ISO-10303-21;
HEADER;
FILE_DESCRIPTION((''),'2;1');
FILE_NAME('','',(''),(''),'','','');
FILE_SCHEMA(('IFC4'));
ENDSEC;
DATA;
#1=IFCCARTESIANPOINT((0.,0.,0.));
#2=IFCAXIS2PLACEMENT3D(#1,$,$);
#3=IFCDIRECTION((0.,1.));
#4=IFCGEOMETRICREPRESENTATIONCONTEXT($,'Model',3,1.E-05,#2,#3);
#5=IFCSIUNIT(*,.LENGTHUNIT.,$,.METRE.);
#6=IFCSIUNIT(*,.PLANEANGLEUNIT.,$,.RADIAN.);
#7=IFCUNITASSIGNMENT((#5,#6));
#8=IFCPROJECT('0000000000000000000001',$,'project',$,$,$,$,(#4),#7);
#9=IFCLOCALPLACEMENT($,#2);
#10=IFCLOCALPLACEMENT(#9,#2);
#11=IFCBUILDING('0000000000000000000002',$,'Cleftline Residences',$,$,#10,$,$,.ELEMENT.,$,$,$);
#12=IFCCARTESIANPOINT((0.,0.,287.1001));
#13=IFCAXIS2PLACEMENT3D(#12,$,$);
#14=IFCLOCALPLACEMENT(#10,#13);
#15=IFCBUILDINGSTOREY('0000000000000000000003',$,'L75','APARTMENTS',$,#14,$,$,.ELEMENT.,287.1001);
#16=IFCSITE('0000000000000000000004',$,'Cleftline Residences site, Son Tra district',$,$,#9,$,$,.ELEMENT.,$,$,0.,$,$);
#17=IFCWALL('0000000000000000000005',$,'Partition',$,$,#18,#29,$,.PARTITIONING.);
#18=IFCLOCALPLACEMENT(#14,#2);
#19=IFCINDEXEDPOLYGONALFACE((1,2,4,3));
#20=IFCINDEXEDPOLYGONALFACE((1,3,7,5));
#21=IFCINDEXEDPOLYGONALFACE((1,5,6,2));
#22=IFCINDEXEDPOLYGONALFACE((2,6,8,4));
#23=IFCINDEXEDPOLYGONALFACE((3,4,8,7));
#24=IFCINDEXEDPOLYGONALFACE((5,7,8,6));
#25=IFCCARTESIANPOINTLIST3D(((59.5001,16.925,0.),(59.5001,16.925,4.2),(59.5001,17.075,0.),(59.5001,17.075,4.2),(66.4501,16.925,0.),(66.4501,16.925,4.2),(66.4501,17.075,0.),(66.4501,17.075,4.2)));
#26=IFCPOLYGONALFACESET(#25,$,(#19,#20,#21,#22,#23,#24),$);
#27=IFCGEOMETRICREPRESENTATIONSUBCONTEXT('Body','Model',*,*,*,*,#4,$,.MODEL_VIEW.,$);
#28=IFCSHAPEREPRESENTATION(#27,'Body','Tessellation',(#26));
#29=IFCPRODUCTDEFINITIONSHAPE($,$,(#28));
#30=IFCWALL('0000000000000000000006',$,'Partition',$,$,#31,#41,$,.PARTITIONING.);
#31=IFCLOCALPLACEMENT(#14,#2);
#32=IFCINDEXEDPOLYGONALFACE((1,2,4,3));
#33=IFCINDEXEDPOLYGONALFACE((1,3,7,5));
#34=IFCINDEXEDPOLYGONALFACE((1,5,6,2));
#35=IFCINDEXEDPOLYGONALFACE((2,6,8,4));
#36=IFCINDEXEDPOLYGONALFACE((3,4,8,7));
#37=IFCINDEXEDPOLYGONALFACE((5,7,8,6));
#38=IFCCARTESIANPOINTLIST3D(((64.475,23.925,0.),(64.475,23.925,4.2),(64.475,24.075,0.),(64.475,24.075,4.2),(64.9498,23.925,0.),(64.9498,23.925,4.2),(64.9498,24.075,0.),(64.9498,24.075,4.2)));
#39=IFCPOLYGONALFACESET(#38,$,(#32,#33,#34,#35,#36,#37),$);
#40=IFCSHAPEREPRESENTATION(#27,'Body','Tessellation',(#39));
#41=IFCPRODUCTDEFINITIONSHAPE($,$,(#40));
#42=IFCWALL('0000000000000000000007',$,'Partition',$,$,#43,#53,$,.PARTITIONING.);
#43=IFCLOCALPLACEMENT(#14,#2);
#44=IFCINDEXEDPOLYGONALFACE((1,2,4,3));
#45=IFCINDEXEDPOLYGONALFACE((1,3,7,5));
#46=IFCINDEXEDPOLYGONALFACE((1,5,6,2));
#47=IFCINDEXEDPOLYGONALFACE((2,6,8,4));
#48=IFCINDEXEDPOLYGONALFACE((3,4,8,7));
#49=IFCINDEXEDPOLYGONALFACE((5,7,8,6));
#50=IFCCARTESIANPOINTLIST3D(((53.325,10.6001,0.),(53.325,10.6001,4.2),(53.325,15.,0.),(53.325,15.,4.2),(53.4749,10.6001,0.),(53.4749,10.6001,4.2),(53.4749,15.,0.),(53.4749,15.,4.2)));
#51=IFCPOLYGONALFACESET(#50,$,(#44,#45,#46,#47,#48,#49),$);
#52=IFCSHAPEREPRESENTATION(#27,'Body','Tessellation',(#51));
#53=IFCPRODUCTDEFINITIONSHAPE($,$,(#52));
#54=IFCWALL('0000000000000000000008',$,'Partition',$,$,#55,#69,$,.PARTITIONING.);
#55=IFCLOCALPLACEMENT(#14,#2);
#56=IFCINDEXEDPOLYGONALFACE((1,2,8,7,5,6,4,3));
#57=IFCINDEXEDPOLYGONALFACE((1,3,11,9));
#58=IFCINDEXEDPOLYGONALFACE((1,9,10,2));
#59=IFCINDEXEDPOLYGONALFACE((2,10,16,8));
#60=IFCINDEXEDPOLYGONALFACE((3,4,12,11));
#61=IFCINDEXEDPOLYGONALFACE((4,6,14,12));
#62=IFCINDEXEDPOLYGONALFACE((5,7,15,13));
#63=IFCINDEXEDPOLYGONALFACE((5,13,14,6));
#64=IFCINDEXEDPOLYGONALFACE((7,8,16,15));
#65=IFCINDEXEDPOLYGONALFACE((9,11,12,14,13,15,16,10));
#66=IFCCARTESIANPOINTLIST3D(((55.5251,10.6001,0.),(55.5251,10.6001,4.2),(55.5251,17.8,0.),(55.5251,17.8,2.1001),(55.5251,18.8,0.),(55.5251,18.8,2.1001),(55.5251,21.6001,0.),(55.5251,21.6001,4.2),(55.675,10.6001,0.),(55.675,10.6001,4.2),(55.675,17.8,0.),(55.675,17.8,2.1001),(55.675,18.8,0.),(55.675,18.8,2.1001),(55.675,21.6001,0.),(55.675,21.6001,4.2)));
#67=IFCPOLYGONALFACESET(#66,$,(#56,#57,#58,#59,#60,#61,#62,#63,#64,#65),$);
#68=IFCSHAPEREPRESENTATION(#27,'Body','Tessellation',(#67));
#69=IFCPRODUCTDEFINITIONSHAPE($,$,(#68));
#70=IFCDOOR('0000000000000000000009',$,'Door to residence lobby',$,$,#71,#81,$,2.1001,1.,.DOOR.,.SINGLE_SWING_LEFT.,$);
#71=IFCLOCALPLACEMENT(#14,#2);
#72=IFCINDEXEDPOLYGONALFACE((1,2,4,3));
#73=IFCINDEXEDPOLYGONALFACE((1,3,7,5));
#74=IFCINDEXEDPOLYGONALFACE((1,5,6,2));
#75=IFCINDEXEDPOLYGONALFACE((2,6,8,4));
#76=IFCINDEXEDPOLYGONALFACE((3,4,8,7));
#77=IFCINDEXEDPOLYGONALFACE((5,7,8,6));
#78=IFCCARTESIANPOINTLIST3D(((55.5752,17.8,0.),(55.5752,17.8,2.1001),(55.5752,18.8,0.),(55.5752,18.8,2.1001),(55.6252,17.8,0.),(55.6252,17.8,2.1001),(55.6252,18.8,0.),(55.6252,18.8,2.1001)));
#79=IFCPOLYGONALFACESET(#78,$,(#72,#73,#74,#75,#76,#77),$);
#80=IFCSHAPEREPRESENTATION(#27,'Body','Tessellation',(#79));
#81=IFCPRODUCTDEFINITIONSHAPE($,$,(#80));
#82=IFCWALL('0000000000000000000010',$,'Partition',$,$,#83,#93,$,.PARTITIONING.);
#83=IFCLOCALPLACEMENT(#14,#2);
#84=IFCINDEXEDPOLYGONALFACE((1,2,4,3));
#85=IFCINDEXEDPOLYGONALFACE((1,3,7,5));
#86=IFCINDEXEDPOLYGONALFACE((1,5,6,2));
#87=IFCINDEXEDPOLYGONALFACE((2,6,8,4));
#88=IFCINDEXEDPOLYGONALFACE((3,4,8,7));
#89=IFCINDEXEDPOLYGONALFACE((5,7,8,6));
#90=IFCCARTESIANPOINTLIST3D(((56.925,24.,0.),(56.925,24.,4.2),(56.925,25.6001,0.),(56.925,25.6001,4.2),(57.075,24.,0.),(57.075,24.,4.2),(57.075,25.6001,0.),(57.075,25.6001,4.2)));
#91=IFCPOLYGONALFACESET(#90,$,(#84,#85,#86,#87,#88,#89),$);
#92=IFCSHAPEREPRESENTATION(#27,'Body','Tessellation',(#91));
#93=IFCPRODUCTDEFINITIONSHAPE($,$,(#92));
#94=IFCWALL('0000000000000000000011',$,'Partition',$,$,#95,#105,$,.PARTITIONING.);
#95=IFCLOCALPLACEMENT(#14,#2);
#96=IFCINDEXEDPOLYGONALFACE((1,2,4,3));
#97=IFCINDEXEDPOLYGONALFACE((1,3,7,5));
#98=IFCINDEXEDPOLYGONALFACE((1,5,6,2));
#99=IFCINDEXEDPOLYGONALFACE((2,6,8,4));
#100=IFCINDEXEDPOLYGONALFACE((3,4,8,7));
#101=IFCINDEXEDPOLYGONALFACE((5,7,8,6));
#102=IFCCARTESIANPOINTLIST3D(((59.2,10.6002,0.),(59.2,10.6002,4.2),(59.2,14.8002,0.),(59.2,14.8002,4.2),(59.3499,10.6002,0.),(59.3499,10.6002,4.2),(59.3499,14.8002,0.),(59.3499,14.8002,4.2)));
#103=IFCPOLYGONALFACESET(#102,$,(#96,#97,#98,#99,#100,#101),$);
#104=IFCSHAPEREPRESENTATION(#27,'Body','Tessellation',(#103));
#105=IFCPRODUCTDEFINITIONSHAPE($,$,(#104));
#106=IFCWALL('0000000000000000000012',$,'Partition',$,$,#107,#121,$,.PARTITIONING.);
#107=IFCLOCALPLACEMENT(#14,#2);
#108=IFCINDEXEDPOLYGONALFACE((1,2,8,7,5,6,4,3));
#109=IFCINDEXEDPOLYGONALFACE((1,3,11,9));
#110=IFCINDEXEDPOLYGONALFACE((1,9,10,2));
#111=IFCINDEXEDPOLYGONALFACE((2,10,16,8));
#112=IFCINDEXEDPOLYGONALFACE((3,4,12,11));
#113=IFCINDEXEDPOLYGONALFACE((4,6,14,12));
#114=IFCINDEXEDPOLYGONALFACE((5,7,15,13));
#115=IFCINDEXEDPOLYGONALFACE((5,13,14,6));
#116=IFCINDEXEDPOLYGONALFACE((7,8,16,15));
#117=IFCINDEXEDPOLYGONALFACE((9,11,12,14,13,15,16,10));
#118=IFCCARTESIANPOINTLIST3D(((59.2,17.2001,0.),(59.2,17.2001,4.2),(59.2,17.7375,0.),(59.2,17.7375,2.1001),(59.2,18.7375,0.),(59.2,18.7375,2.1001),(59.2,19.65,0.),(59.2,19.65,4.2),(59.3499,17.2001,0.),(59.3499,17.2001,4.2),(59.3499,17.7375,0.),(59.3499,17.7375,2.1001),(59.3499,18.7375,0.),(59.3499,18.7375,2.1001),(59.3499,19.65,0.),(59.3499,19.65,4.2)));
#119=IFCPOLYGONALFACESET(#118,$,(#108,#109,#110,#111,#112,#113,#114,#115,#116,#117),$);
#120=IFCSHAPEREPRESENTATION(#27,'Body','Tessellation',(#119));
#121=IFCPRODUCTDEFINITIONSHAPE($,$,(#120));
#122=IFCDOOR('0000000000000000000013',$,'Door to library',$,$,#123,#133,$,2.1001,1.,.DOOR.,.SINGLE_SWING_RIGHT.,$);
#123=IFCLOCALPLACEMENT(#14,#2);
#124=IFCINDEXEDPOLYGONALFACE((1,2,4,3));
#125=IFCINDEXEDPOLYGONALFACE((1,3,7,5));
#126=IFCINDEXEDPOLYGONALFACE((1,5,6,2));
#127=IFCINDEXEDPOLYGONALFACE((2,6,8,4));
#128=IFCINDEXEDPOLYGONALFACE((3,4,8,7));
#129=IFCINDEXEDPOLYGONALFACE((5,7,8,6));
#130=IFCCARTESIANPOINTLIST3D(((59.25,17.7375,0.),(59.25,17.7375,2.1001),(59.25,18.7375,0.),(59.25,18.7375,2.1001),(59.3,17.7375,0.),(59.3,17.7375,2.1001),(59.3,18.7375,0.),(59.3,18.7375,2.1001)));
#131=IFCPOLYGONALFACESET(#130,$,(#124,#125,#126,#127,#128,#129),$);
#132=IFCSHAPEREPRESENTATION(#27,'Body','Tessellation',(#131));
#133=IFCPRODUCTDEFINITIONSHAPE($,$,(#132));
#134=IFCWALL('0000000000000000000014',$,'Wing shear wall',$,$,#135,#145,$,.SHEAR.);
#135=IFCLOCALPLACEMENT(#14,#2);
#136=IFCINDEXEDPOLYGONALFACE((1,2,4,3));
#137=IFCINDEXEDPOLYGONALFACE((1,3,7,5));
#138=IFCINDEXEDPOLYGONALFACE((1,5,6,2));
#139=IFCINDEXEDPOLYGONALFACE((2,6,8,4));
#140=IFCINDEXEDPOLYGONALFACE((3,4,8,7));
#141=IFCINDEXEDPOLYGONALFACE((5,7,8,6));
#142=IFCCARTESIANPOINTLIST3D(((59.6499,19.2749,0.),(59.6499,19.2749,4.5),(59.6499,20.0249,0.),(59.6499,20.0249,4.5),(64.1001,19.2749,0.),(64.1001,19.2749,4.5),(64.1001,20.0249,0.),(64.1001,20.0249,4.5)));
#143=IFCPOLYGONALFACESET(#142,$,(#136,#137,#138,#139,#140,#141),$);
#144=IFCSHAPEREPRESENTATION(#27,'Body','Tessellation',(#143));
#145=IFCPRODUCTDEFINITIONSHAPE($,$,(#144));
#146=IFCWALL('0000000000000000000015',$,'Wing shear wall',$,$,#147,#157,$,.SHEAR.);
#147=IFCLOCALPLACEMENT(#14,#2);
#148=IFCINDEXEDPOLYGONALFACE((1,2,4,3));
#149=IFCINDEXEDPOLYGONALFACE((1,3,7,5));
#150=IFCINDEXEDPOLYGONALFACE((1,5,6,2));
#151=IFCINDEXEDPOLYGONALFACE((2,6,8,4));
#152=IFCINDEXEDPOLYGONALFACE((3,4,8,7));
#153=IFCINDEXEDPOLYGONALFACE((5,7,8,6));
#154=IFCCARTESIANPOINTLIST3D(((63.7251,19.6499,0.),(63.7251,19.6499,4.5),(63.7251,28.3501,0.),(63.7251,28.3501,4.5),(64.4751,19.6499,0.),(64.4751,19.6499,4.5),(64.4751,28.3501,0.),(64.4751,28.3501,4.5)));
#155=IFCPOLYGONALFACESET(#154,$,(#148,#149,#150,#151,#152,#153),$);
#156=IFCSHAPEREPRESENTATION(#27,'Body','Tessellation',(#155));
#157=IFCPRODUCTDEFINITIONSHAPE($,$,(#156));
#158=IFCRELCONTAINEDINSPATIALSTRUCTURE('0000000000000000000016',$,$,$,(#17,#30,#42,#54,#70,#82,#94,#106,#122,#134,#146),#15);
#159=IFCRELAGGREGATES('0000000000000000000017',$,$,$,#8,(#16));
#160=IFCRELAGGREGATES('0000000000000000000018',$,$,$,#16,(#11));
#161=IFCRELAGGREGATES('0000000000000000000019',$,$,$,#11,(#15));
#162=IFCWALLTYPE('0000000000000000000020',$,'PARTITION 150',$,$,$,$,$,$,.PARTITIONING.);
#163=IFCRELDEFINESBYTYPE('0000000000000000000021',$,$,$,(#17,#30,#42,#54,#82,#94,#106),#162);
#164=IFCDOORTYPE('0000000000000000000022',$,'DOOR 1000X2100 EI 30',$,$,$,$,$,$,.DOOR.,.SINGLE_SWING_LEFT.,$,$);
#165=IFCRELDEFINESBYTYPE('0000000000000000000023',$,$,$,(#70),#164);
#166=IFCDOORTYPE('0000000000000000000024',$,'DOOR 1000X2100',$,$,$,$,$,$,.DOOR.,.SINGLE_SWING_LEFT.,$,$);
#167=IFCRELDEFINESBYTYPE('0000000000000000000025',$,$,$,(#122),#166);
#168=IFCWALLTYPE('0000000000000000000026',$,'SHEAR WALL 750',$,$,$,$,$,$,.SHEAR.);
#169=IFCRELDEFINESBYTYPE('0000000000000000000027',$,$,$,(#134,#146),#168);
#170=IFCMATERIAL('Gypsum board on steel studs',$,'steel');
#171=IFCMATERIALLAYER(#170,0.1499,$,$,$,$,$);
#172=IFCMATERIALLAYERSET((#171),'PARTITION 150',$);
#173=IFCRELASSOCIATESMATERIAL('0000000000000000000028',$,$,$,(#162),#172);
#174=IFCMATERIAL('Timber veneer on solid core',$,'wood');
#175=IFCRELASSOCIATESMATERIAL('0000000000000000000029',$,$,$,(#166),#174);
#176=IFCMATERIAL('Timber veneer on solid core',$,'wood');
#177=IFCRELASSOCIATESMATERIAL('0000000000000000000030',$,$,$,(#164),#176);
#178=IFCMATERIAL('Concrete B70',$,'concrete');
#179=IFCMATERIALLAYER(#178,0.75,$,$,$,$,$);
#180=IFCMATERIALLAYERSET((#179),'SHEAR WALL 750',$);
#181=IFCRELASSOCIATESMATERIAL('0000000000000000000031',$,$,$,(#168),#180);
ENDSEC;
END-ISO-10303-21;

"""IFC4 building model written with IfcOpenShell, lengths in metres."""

from ifc_helpers import new_model, si_unit, direction, frame, frame_2d, origin, place, context, subcontext, project, spatial, rectangle, extrude, material, layer, layer_set, type_object, element, fill, save


model = new_model("IFC4")

# Units and contexts
model_context = context("Model", 3, precision=1e-05, world=origin(), true_north=direction((0.0, 1.0)))
body_context = subcontext(model_context, "Body", "Model", "MODEL_VIEW")
ifc_project = project(units=[si_unit("LENGTHUNIT", "METRE"), si_unit("PLANEANGLEUNIT", "RADIAN")], contexts=[model_context])

# Site, building, storey
site_placement = place(None, origin())
site = spatial("IfcSite", under=ifc_project, at=site_placement, Name="Cleftline Residences site, Son Tra district", CompositionType="ELEMENT", RefElevation=0.0)
building_placement = place(site_placement, origin())
building = spatial("IfcBuilding", under=site, at=building_placement, Name="Cleftline Residences", CompositionType="ELEMENT")
storey_placement = place(building_placement, frame((0.0, 0.0, 287.1001)))
storey = spatial("IfcBuildingStorey", under=building, at=storey_placement, Name="L75", Description="APARTMENTS", CompositionType="ELEMENT", Elevation=287.1001)

# Shared definitions
ifc_material_1 = material(Name="Gypsum board on steel studs", Category="steel")
ifc_layer_1 = layer(ifc_material_1, 0.1499)
ifc_layer_set_1 = layer_set([ifc_layer_1], Name="PARTITION 150")
wall_type_1 = type_object("IfcWallType", Name="PARTITION 150", PredefinedType="PARTITIONING", material=ifc_layer_set_1)

# Shared definitions
ifc_material_2 = material(Name="Timber veneer on solid core", Category="wood")
door_type_1 = type_object("IfcDoorType", Name="DOOR 1000X2100", OperationType="SINGLE_SWING_LEFT", PredefinedType="DOOR", material=ifc_material_2)

# Walls
wall_1_placement = place(storey_placement, frame((59.5, 17.0, 0.0), z_axis=(0.0, 0.0, 1.0), x_axis=(1.0, 0.0, 0.0)))
element("IfcWall", 1, at=wall_1_placement, inside=storey, type_object=wall_type_1, Name="Partition", PredefinedType="PARTITIONING", context=body_context, shape_type="SweptSolid", body=[
    extrude(rectangle(XDim=6.95, YDim=0.1499, at=frame_2d((3.4751, 0.0))), origin(), (0.0, 0.0, 1.0), 4.2),
])
wall_2_placement = place(storey_placement, frame((64.4751, 24.0, 0.0), z_axis=(0.0, 0.0, 1.0), x_axis=(1.0, 0.0, 0.0)))
element("IfcWall", 2, at=wall_2_placement, inside=storey, type_object=wall_type_1, Name="Partition", PredefinedType="PARTITIONING", context=body_context, shape_type="SweptSolid", body=[
    extrude(rectangle(XDim=0.4749, YDim=0.1499, at=frame_2d((0.2373, 0.0))), origin(), (0.0, 0.0, 1.0), 4.2),
])
wall_3_placement = place(storey_placement, frame((53.3999, 10.6001, 0.0), z_axis=(0.0, 0.0, 1.0), x_axis=(0.0, 1.0, 0.0)))
element("IfcWall", 3, at=wall_3_placement, inside=storey, type_object=wall_type_1, Name="Partition", PredefinedType="PARTITIONING", context=body_context, shape_type="SweptSolid", body=[
    extrude(rectangle(XDim=4.3999, YDim=0.1499, at=frame_2d((2.2, 0.0))), origin(), (0.0, 0.0, 1.0), 4.2),
])

# Wall, opening, door
wall_4_placement = place(storey_placement, frame((55.6001, 10.6001, 0.0), z_axis=(0.0, 0.0, 1.0), x_axis=(0.0, 1.0, 0.0)))
wall_4 = element("IfcWall", 4, at=wall_4_placement, inside=storey, type_object=wall_type_1, Name="Partition", PredefinedType="PARTITIONING", context=body_context, shape_type="SweptSolid", body=[
    extrude(rectangle(XDim=11.0, YDim=0.1499, at=frame_2d((5.5, 0.0))), origin(), (0.0, 0.0, 1.0), 4.2),
])
opening_1_placement = place(wall_4_placement, frame((7.2, 0.0, 0.0)))
opening_1 = element("IfcOpeningElement", 5, at=opening_1_placement, cuts=wall_4, PredefinedType="OPENING", context=body_context, shape_type="SweptSolid", body=[
    extrude(rectangle(XDim=1.0, YDim=2.1001, at=frame_2d((0.5, 1.05))), frame((0.0, 0.085, 0.0), z_axis=(0.0, -1.0, 0.0), x_axis=(1.0, 0.0, 0.0)), (0.0, 0.0, 1.0), 0.1699),
])
ifc_material_3 = material(Name="Timber veneer on solid core", Category="wood")
door_type_2 = type_object("IfcDoorType", Name="DOOR 1000X2100 EI 30", OperationType="SINGLE_SWING_LEFT", PredefinedType="DOOR", material=ifc_material_3)
door_1_placement = place(opening_1_placement, origin())
door_1 = element("IfcDoor", 6, at=door_1_placement, inside=storey, type_object=door_type_2, Name="Door to residence lobby", OperationType="SINGLE_SWING_LEFT", OverallHeight=2.1001, OverallWidth=1.0, PredefinedType="DOOR", context=body_context, shape_type="SweptSolid", body=[
    extrude(rectangle(XDim=1.0, YDim=2.1001, at=frame_2d((0.5, 1.05))), frame((0.0, 0.0249, 0.0), z_axis=(0.0, -1.0, 0.0), x_axis=(1.0, 0.0, 0.0)), (0.0, 0.0, 1.0), 0.05),
])
fill(opening_1, door_1)

# Walls
wall_5_placement = place(storey_placement, frame((57.0, 24.0, 0.0), z_axis=(0.0, 0.0, 1.0), x_axis=(0.0, 1.0, 0.0)))
element("IfcWall", 7, at=wall_5_placement, inside=storey, type_object=wall_type_1, Name="Partition", PredefinedType="PARTITIONING", context=body_context, shape_type="SweptSolid", body=[
    extrude(rectangle(XDim=1.6001, YDim=0.1499, at=frame_2d((0.8, 0.0))), origin(), (0.0, 0.0, 1.0), 4.2),
])
wall_6_placement = place(storey_placement, frame((59.2749, 10.6001, 0.0), z_axis=(0.0, 0.0, 1.0), x_axis=(0.0, 1.0, 0.0)))
element("IfcWall", 8, at=wall_6_placement, inside=storey, type_object=wall_type_1, Name="Partition", PredefinedType="PARTITIONING", context=body_context, shape_type="SweptSolid", body=[
    extrude(rectangle(XDim=4.2, YDim=0.1499, at=frame_2d((2.1001, 0.0))), origin(), (0.0, 0.0, 1.0), 4.2),
])

# Wall, opening, door
wall_7_placement = place(storey_placement, frame((59.2749, 17.2, 0.0), z_axis=(0.0, 0.0, 1.0), x_axis=(0.0, 1.0, 0.0)))
wall_7 = element("IfcWall", 9, at=wall_7_placement, inside=storey, type_object=wall_type_1, Name="Partition", PredefinedType="PARTITIONING", context=body_context, shape_type="SweptSolid", body=[
    extrude(rectangle(XDim=2.45, YDim=0.1499, at=frame_2d((1.2251, 0.0))), origin(), (0.0, 0.0, 1.0), 4.2),
])
opening_2_placement = place(wall_7_placement, frame((0.5376, 0.0, 0.0)))
opening_2 = element("IfcOpeningElement", 10, at=opening_2_placement, cuts=wall_7, PredefinedType="OPENING", context=body_context, shape_type="SweptSolid", body=[
    extrude(rectangle(XDim=1.0, YDim=2.1001, at=frame_2d((0.5, 1.05))), frame((0.0, 0.085, 0.0), z_axis=(0.0, -1.0, 0.0), x_axis=(1.0, 0.0, 0.0)), (0.0, 0.0, 1.0), 0.1699),
])
door_2_placement = place(opening_2_placement, origin())
door_2 = element("IfcDoor", 11, at=door_2_placement, inside=storey, type_object=door_type_1, Name="Door to library", OperationType="SINGLE_SWING_RIGHT", OverallHeight=2.1001, OverallWidth=1.0, PredefinedType="DOOR", context=body_context, shape_type="SweptSolid", body=[
    extrude(rectangle(XDim=1.0, YDim=2.1001, at=frame_2d((0.5, 1.05))), frame((0.0, 0.0249, 0.0), z_axis=(0.0, -1.0, 0.0), x_axis=(1.0, 0.0, 0.0)), (0.0, 0.0, 1.0), 0.05),
])
fill(opening_2, door_2)

# Walls
ifc_material_4 = material(Name="Concrete B70", Category="concrete")
ifc_layer_2 = layer(ifc_material_4, 0.75)
ifc_layer_set_2 = layer_set([ifc_layer_2], Name="SHEAR WALL 750")
wall_type_2 = type_object("IfcWallType", Name="SHEAR WALL 750", PredefinedType="SHEAR", material=ifc_layer_set_2)
wall_8_placement = place(storey_placement, frame((59.6499, 19.6499, 0.0), z_axis=(0.0, 0.0, 1.0), x_axis=(1.0, 0.0, 0.0)))
element("IfcWall", 12, at=wall_8_placement, inside=storey, type_object=wall_type_2, Name="Wing shear wall", PredefinedType="SHEAR", context=body_context, shape_type="SweptSolid", body=[
    extrude(rectangle(XDim=4.4502, YDim=0.75, at=frame_2d((2.2251, 0.0))), origin(), (0.0, 0.0, 1.0), 4.5),
])
wall_9_placement = place(storey_placement, frame((64.1001, 19.6499, 0.0), z_axis=(0.0, 0.0, 1.0), x_axis=(0.0, 1.0, 0.0)))
element("IfcWall", 13, at=wall_9_placement, inside=storey, type_object=wall_type_2, Name="Wing shear wall", PredefinedType="SHEAR", context=body_context, shape_type="SweptSolid", body=[
    extrude(rectangle(XDim=8.7002, YDim=0.75, at=frame_2d((4.3501, 0.0))), origin(), (0.0, 0.0, 1.0), 4.5),
])

save(model, "model.ifc")
